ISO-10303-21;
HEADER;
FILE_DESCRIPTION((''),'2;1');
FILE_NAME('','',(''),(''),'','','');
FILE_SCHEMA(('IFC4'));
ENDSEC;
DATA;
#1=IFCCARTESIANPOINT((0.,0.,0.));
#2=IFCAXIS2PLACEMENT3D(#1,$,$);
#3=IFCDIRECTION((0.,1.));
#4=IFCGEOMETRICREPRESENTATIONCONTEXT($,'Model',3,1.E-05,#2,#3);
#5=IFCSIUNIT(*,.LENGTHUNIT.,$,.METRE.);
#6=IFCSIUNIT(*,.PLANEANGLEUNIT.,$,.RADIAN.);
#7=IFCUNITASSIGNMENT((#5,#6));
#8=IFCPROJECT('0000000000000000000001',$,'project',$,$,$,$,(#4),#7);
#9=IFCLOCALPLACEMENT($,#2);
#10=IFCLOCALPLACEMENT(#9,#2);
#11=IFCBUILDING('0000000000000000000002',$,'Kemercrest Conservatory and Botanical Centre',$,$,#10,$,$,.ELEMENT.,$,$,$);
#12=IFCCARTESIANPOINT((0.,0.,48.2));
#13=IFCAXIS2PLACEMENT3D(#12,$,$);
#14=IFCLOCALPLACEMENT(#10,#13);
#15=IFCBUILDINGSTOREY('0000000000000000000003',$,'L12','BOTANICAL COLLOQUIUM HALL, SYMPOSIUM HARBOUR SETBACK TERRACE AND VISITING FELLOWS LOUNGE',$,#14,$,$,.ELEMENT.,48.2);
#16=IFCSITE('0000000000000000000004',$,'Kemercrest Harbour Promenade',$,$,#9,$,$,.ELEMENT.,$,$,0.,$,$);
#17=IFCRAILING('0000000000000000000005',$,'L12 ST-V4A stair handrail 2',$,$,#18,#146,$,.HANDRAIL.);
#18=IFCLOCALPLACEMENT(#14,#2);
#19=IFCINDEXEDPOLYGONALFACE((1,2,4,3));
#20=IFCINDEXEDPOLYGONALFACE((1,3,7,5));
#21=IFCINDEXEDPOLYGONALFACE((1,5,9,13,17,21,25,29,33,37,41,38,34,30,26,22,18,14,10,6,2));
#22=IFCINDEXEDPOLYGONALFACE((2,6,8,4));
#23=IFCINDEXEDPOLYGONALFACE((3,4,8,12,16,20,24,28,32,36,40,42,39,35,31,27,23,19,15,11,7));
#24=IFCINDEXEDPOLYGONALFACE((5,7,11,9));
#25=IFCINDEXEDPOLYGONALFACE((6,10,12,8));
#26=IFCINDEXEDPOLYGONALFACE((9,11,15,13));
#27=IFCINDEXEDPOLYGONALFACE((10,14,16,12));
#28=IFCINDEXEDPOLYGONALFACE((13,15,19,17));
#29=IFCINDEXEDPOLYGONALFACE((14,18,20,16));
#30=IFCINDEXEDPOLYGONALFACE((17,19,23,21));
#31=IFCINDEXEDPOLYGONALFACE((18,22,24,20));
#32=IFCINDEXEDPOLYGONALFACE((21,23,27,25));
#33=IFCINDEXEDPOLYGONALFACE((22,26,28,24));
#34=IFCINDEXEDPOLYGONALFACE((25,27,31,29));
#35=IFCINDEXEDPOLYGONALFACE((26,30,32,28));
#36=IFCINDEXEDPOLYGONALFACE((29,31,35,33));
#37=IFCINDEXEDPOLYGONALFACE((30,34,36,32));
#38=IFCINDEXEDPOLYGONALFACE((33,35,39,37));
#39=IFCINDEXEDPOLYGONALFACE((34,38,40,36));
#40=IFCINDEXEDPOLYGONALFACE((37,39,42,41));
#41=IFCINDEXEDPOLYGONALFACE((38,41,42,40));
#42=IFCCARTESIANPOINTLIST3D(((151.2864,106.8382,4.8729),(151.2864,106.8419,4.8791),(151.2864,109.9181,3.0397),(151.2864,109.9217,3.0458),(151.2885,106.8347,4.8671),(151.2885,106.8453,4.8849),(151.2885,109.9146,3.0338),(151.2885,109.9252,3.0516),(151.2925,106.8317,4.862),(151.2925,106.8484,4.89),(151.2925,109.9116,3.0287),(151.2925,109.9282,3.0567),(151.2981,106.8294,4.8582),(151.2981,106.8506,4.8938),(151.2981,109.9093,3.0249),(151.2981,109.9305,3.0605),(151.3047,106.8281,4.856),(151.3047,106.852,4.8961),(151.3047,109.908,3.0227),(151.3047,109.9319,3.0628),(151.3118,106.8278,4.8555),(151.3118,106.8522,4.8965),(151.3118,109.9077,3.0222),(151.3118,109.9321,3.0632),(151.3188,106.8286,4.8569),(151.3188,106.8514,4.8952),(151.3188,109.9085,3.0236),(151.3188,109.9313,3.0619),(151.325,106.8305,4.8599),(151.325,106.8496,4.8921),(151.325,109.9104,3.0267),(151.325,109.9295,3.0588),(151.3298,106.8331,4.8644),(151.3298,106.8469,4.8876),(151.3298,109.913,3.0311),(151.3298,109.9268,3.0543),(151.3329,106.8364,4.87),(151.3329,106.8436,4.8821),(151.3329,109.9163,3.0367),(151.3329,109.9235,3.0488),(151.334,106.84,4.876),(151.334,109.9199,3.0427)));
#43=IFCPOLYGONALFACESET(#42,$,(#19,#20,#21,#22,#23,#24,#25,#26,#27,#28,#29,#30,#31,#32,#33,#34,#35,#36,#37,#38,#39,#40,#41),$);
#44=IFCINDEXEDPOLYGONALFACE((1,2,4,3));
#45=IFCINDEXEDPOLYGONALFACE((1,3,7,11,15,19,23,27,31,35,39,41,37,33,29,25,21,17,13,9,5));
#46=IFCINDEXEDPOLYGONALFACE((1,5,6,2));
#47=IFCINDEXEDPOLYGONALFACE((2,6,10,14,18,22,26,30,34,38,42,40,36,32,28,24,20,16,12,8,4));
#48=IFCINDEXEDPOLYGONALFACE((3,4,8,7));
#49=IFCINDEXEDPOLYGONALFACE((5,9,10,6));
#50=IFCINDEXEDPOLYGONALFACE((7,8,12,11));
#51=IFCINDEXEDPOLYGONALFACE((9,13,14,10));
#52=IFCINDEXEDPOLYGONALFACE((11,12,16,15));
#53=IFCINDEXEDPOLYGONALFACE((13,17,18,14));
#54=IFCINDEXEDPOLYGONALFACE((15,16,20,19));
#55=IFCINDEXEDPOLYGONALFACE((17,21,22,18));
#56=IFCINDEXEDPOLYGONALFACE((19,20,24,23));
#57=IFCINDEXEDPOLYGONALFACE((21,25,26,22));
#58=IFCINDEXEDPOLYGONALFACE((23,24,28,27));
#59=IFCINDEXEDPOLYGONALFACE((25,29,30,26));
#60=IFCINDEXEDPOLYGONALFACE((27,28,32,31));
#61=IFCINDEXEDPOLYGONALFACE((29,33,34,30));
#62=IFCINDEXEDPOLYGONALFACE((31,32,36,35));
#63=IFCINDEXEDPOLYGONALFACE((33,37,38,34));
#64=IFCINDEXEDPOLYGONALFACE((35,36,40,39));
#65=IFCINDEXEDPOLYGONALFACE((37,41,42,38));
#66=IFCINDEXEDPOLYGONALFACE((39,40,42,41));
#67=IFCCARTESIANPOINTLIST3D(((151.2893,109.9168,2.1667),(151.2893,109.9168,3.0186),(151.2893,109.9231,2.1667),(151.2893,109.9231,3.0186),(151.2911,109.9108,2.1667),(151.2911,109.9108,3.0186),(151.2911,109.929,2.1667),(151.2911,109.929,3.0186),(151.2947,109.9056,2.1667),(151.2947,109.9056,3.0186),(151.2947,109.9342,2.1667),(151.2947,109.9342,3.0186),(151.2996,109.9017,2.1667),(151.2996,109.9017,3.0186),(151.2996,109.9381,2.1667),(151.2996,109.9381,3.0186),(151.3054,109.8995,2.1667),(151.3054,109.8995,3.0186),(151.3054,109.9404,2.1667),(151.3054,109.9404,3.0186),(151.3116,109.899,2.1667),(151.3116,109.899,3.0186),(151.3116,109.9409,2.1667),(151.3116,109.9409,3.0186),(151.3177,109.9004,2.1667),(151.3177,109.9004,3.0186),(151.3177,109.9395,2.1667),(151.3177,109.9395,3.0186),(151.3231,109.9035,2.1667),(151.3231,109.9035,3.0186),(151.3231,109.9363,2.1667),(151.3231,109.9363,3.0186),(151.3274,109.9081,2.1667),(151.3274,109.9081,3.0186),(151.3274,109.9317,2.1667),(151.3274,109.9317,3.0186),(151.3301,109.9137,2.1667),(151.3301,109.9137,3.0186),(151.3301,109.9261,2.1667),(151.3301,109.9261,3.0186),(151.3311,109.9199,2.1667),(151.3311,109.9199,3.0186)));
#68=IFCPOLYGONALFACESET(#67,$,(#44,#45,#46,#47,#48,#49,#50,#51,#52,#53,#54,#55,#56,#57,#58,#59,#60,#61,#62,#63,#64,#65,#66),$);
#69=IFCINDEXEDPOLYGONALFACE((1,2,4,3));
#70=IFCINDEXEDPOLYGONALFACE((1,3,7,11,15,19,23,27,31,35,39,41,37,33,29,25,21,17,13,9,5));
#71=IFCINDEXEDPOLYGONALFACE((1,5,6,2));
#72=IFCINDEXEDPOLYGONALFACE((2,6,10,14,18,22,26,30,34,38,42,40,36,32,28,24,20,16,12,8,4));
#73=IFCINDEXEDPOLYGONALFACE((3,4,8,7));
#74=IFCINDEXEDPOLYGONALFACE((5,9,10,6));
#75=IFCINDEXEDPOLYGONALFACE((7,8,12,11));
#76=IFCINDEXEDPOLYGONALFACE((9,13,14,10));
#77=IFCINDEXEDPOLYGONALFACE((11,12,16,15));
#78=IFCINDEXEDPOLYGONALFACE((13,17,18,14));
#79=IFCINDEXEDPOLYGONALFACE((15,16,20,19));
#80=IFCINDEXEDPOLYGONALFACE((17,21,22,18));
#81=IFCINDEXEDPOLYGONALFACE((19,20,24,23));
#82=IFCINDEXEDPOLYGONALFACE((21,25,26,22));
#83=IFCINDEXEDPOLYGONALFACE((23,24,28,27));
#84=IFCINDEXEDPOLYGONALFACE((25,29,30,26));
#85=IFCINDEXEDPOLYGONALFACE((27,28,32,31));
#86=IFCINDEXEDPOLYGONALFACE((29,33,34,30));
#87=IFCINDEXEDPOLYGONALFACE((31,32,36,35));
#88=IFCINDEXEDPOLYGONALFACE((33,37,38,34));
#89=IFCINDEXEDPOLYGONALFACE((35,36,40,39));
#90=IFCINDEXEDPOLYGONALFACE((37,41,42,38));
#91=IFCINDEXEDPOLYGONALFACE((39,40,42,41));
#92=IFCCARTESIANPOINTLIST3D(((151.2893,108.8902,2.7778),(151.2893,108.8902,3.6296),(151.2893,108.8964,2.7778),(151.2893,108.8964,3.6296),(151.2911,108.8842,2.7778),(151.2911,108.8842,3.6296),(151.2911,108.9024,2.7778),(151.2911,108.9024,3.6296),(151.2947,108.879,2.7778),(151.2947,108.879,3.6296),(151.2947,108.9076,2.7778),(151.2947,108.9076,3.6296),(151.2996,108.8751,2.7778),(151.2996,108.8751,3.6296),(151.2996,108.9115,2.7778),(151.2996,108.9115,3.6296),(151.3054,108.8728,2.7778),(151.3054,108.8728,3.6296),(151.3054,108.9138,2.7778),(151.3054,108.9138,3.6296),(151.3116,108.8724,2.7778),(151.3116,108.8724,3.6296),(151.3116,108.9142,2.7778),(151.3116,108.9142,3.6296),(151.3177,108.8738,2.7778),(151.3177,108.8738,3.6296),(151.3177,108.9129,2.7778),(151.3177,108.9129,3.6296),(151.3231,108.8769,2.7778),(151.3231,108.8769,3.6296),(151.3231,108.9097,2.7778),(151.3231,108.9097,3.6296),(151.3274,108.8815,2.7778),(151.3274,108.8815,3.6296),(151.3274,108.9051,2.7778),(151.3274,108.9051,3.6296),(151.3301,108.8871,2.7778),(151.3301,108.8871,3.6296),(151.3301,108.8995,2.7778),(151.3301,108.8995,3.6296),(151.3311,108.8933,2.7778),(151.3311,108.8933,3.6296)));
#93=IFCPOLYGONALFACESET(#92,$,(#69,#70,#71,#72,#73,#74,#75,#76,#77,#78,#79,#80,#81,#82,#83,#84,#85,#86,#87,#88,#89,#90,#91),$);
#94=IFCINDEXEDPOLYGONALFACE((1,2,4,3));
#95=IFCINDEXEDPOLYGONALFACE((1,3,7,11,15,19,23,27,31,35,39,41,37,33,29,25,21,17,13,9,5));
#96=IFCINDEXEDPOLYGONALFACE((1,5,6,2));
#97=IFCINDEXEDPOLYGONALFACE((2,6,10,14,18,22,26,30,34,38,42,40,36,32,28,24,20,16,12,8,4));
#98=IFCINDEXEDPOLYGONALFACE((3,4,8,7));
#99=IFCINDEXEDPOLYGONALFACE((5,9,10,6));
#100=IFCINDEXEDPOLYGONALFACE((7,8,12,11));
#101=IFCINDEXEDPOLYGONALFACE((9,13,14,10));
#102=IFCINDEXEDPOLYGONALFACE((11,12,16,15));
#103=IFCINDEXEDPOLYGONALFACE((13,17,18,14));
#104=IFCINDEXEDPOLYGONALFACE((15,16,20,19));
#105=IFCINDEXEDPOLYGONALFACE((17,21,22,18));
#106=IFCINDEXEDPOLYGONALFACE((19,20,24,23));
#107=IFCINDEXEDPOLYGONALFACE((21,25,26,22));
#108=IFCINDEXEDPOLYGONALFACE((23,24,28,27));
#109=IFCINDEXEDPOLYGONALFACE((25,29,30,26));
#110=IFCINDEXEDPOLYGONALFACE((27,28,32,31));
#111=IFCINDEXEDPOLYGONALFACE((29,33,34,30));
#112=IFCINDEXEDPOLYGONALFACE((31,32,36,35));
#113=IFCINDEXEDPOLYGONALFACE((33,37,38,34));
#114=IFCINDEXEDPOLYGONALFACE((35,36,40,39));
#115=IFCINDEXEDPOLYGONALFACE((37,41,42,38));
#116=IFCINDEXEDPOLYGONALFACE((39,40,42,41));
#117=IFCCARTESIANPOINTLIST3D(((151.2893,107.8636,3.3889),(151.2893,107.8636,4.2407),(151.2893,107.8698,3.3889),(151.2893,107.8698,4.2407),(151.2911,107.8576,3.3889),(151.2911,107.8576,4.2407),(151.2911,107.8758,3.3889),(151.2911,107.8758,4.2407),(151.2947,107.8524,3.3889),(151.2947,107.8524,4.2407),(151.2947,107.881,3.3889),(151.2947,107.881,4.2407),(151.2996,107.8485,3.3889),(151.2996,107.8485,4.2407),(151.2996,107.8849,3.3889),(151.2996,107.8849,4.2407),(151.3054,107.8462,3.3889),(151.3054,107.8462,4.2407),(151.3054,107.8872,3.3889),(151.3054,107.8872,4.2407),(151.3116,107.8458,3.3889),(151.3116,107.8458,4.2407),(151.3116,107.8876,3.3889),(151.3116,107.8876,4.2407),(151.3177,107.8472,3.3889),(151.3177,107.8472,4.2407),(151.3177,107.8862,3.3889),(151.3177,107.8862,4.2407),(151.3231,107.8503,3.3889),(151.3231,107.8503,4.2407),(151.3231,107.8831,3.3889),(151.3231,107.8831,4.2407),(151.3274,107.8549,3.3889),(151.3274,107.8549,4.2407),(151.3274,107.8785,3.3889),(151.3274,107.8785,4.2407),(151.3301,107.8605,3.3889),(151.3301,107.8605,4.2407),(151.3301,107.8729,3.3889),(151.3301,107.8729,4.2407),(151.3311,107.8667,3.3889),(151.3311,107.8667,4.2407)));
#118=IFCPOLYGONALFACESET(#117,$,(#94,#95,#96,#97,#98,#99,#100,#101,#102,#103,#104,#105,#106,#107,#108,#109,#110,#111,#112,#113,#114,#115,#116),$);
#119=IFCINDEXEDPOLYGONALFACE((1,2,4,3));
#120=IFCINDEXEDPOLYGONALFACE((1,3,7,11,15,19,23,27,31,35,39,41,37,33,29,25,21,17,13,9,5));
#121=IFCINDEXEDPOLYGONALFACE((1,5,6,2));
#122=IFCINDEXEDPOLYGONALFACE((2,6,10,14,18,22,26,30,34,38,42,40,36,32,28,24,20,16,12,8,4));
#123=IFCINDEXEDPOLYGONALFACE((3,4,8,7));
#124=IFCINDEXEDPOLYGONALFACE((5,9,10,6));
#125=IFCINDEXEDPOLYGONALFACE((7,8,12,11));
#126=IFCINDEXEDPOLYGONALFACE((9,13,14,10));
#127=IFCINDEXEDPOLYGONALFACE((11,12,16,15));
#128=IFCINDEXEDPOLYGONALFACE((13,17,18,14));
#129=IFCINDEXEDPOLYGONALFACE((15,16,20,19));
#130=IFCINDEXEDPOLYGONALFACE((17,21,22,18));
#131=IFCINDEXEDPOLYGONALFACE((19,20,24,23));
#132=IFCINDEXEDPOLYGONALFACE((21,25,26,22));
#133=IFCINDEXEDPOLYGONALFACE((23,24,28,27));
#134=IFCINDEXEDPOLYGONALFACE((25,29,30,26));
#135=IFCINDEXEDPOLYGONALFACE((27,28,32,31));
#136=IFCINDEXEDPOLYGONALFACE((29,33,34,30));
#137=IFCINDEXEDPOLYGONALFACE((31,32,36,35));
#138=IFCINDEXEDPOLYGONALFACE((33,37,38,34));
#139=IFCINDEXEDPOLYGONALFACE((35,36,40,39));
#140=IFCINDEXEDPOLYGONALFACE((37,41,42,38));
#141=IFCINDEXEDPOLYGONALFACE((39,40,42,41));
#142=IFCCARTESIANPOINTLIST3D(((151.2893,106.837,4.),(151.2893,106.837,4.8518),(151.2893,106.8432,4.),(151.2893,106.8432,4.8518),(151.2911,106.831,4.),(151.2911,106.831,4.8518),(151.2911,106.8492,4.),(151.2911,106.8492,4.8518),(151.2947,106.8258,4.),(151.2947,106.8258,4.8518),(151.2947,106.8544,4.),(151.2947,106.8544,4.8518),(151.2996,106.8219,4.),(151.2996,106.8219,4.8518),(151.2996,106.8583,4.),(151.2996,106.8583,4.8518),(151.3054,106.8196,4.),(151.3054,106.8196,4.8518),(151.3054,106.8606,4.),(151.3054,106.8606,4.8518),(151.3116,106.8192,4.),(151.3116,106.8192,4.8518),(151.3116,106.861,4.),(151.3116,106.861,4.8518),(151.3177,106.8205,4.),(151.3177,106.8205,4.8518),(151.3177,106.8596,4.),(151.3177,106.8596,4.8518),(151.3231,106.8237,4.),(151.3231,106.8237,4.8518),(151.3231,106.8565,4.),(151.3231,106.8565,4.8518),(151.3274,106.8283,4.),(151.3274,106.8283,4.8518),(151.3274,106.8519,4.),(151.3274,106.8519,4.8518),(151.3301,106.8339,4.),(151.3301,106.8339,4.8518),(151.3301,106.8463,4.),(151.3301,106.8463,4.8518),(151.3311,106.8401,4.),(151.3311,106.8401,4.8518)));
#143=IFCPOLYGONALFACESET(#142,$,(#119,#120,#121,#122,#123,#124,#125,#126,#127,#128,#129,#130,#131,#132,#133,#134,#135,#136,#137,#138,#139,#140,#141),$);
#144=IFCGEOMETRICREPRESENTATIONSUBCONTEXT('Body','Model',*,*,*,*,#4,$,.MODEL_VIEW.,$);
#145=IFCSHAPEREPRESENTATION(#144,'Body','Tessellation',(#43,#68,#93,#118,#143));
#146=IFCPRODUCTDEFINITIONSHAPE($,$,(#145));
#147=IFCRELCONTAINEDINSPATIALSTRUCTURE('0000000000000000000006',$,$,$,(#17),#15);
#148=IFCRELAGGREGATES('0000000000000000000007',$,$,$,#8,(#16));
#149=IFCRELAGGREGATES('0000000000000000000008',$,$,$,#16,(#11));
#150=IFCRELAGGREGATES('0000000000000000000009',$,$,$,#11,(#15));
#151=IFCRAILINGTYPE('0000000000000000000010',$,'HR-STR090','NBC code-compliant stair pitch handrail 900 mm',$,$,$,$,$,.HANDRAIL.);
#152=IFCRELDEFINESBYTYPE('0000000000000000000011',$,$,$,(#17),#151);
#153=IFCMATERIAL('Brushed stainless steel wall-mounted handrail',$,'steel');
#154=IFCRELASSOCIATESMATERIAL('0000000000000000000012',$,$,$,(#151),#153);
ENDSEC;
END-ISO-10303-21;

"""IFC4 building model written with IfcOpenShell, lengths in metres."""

from ifc_helpers import new_model, si_unit, direction, frame, origin, origin_2d, place, context, subcontext, project, spatial, circle, extrude, material, type_object, element, save


model = new_model("IFC4")

# Units and contexts
model_context = context("Model", 3, precision=1e-05, world=origin(), true_north=direction((0.0, 1.0)))
body_context = subcontext(model_context, "Body", "Model", "MODEL_VIEW")
ifc_project = project(units=[si_unit("LENGTHUNIT", "METRE"), si_unit("PLANEANGLEUNIT", "RADIAN")], contexts=[model_context])

# Site, building, storey
site_placement = place(None, origin())
site = spatial("IfcSite", under=ifc_project, at=site_placement, Name="Kemercrest Harbour Promenade", CompositionType="ELEMENT", RefElevation=0.0)
building_placement = place(site_placement, origin())
building = spatial("IfcBuilding", under=site, at=building_placement, Name="Kemercrest Conservatory and Botanical Centre", CompositionType="ELEMENT")
storey_placement = place(building_placement, frame((0.0, 0.0, 48.2)))
storey = spatial("IfcBuildingStorey", under=building, at=storey_placement, Name="L12", Description="BOTANICAL COLLOQUIUM HALL, SYMPOSIUM HARBOUR SETBACK TERRACE AND VISITING FELLOWS LOUNGE", CompositionType="ELEMENT", Elevation=48.2)

# Railing
ifc_material_1 = material(Name="Brushed stainless steel wall-mounted handrail", Category="steel")
railing_type_1 = type_object("IfcRailingType", Name="HR-STR090", Description="NBC code-compliant stair pitch handrail 900 mm", PredefinedType="HANDRAIL", material=ifc_material_1)
railing_1_placement = place(storey_placement, frame((151.3101, 109.9199, 2.1667)))
element("IfcRailing", 1, at=railing_1_placement, inside=storey, type_object=railing_type_1, Name="L12 ST-V4A stair handrail 2", PredefinedType="HANDRAIL", context=body_context, shape_type="SweptSolid", body=[
    extrude(circle(Radius=0.0239, at=origin_2d()), frame((0.0, 0.0, 0.876), z_axis=(0.0, -0.859291, 0.511487), x_axis=(1.0, 0.0, 0.0)), (0.0, 0.0, 1.0), 3.5842),
    extrude(circle(Radius=0.021, at=origin_2d()), origin(), (0.0, 0.0, 1.0), 0.8518),
    extrude(circle(Radius=0.021, at=origin_2d()), frame((0.0, -1.0266, 0.6111)), (0.0, 0.0, 1.0), 0.8518),
    extrude(circle(Radius=0.021, at=origin_2d()), frame((0.0, -2.0532, 1.2222)), (0.0, 0.0, 1.0), 0.8518),
    extrude(circle(Radius=0.021, at=origin_2d()), frame((0.0, -3.0798, 1.8333)), (0.0, 0.0, 1.0), 0.8518),
])

save(model, "model.ifc")
